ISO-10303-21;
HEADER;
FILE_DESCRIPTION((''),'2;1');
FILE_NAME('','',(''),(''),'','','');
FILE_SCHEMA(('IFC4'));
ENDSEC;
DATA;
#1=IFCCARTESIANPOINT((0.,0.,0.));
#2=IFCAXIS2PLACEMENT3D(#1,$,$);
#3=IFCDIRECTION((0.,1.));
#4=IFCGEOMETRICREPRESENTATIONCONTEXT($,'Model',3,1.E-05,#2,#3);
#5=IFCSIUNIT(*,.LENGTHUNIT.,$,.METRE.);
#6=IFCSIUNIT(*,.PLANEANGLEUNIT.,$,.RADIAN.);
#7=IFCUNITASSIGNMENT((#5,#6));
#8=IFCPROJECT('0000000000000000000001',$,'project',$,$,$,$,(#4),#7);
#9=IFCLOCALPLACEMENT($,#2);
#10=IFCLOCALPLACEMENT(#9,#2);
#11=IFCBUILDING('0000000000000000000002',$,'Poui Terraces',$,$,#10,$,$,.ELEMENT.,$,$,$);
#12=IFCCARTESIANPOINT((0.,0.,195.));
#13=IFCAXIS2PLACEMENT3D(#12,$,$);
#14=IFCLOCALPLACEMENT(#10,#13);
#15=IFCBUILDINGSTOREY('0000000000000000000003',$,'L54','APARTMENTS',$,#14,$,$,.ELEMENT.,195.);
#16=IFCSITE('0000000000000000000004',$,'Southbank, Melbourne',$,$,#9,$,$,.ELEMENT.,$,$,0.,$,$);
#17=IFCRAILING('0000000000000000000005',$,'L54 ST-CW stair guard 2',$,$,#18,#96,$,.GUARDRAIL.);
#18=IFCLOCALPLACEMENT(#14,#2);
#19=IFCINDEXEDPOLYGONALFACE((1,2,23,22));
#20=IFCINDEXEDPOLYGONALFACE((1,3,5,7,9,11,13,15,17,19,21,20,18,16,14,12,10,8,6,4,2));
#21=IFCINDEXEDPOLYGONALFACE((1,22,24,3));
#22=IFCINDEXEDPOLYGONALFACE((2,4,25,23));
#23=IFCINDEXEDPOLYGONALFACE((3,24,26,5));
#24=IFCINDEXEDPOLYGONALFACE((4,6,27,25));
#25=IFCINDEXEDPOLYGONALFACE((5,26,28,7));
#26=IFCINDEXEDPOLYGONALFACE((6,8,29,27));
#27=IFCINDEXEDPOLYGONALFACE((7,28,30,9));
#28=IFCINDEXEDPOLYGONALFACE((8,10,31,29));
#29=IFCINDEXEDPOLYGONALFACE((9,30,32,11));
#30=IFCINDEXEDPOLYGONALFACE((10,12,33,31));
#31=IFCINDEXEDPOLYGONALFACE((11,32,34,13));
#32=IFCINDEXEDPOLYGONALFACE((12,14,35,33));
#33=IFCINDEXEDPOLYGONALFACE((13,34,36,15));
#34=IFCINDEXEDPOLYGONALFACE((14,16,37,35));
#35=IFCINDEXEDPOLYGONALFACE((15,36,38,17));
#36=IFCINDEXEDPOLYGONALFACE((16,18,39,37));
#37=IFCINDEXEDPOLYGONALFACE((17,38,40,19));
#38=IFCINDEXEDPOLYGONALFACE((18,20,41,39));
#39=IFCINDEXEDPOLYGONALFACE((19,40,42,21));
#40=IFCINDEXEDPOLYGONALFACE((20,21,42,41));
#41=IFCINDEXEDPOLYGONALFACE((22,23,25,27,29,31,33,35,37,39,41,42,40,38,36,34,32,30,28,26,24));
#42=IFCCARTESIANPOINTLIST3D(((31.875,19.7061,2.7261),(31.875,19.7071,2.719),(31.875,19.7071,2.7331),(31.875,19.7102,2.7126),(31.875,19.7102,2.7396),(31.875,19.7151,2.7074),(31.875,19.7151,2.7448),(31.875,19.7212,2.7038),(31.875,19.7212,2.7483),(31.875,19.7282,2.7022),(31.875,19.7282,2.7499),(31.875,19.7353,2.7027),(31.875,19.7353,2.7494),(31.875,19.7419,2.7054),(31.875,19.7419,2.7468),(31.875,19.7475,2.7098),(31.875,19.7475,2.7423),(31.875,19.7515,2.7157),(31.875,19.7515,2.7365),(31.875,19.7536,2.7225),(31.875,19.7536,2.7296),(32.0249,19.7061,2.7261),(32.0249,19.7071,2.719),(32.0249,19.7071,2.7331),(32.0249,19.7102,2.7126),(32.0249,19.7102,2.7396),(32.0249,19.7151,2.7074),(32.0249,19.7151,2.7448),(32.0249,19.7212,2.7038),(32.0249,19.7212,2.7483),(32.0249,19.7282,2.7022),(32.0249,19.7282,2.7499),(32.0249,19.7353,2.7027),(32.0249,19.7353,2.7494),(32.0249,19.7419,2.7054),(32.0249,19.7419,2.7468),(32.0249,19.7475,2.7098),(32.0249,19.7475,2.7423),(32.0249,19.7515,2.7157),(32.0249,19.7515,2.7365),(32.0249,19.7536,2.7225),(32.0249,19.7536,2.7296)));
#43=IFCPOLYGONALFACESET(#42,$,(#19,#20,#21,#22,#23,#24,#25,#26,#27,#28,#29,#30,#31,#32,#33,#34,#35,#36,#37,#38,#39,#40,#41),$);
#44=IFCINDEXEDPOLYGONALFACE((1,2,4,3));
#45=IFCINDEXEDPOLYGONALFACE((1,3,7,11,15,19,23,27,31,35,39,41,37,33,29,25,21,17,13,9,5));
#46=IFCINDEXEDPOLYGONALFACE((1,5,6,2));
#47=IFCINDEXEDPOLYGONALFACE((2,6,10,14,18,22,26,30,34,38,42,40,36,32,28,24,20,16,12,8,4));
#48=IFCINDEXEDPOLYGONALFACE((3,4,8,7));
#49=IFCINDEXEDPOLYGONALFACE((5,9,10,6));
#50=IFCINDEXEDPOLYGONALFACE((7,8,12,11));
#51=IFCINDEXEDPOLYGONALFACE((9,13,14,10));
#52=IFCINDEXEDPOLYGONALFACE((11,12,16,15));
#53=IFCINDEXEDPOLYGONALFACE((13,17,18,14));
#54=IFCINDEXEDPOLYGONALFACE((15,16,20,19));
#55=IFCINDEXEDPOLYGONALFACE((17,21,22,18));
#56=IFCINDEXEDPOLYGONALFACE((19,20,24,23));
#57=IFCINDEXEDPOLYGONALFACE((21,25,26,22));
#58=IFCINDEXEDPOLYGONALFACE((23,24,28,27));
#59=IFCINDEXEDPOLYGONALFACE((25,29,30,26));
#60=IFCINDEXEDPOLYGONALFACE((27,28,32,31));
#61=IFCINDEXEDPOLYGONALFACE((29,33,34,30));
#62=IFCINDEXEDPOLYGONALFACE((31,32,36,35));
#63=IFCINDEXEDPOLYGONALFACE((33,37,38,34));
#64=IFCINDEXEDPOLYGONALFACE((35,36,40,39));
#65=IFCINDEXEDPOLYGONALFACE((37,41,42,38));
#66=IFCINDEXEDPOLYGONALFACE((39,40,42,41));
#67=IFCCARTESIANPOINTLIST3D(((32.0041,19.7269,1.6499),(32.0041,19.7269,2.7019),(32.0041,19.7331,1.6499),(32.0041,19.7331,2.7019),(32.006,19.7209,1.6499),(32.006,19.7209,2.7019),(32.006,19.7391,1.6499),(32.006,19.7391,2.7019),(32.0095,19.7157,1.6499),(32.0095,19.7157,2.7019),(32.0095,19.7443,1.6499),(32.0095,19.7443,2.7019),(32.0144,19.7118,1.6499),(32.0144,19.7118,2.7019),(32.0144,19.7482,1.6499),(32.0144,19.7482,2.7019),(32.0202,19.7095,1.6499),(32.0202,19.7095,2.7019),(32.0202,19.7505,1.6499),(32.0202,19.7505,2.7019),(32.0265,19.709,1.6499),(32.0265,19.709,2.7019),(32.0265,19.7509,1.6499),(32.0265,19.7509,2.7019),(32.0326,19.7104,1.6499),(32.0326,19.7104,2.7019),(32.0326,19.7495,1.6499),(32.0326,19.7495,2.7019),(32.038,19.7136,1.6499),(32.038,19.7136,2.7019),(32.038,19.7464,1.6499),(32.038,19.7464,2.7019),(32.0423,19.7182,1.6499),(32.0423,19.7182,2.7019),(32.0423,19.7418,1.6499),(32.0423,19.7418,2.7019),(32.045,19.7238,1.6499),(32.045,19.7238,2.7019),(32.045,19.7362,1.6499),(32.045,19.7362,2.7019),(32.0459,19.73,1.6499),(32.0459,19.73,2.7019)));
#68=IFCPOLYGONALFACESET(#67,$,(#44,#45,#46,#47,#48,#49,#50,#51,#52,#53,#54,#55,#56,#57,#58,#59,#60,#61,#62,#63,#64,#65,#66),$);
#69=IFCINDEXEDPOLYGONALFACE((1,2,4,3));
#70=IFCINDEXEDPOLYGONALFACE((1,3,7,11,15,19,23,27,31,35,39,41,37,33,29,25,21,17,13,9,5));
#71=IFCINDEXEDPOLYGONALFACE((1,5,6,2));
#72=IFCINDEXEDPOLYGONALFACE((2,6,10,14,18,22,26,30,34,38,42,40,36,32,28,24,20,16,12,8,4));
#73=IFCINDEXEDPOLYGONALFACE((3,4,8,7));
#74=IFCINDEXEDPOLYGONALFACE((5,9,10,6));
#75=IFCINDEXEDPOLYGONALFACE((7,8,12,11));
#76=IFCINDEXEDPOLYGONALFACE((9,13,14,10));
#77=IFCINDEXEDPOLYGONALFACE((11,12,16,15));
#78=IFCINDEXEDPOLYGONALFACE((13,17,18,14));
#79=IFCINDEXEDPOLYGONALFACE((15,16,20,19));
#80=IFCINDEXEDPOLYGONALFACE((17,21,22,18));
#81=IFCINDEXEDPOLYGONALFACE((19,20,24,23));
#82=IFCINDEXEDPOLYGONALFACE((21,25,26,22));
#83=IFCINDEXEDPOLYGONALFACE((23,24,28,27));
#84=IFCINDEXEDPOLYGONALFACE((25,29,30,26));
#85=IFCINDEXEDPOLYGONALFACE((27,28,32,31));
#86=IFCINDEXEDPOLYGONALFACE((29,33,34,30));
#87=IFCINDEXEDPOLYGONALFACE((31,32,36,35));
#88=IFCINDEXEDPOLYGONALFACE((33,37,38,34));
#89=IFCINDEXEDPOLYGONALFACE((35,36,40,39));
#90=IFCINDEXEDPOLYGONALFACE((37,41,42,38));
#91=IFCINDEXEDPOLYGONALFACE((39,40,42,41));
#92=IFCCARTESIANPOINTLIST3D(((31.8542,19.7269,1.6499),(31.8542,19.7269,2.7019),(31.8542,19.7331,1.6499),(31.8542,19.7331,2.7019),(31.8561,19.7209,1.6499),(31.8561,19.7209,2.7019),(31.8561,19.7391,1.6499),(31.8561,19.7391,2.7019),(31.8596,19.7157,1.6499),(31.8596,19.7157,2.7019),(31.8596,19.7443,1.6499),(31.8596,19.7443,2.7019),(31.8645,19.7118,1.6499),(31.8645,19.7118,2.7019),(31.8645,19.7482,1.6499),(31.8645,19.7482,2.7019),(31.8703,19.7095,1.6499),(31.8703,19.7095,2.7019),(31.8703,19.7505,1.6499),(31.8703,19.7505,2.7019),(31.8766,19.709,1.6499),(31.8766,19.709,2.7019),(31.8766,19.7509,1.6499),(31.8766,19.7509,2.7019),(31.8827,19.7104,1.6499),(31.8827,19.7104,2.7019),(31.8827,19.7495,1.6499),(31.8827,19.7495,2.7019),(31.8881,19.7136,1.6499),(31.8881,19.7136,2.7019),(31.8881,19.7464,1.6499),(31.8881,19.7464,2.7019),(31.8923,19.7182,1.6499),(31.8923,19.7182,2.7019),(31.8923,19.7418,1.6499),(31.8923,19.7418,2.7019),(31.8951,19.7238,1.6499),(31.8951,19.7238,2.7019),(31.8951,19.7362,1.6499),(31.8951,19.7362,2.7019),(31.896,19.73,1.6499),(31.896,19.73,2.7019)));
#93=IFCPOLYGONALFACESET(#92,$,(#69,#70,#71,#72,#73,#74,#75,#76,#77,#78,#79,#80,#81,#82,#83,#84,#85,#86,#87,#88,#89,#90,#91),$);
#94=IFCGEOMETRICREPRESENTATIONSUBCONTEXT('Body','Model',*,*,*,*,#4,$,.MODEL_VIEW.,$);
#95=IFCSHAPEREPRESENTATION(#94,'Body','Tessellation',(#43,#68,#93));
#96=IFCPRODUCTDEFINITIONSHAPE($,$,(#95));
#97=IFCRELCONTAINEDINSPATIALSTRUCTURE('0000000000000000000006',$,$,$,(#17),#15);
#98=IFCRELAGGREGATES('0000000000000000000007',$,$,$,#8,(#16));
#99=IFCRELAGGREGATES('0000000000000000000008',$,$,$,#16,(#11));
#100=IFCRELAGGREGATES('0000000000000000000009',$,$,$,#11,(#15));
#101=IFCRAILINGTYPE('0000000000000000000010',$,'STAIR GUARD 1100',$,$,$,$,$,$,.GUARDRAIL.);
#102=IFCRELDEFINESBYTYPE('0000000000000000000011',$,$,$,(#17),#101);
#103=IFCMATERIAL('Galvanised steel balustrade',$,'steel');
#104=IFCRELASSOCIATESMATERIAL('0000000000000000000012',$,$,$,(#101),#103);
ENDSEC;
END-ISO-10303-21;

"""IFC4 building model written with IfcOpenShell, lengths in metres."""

from ifc_helpers import new_model, si_unit, direction, frame, origin, origin_2d, place, context, subcontext, project, spatial, circle, extrude, material, type_object, element, save


model = new_model("IFC4")

# Units and contexts
model_context = context("Model", 3, precision=1e-05, world=origin(), true_north=direction((0.0, 1.0)))
body_context = subcontext(model_context, "Body", "Model", "MODEL_VIEW")
ifc_project = project(units=[si_unit("LENGTHUNIT", "METRE"), si_unit("PLANEANGLEUNIT", "RADIAN")], contexts=[model_context])

# Site, building, storey
site_placement = place(None, origin())
site = spatial("IfcSite", under=ifc_project, at=site_placement, Name="Southbank, Melbourne", CompositionType="ELEMENT", RefElevation=0.0)
building_placement = place(site_placement, origin())
building = spatial("IfcBuilding", under=site, at=building_placement, Name="Poui Terraces", CompositionType="ELEMENT")
storey_placement = place(building_placement, frame((0.0, 0.0, 195.0)))
storey = spatial("IfcBuildingStorey", under=building, at=storey_placement, Name="L54", Description="APARTMENTS", CompositionType="ELEMENT", Elevation=195.0)

# Railing
ifc_material_1 = material(Name="Galvanised steel balustrade", Category="steel")
railing_type_1 = type_object("IfcRailingType", Name="STAIR GUARD 1100", PredefinedType="GUARDRAIL", material=ifc_material_1)
railing_1_placement = place(storey_placement, frame((32.0249, 19.73, 1.6499)))
element("IfcRailing", 1, at=railing_1_placement, inside=storey, type_object=railing_type_1, Name="L54 ST-CW stair guard 2", PredefinedType="GUARDRAIL", context=body_context, shape_type="SweptSolid", body=[
    extrude(circle(Radius=0.0239, at=origin_2d()), frame((0.0, 0.0, 1.0762), z_axis=(-1.0, 0.0, 0.0), x_axis=(0.0, -1.0, 0.0)), (0.0, 0.0, 1.0), 0.1499),
    extrude(circle(Radius=0.021, at=origin_2d()), origin(), (0.0, 0.0, 1.0), 1.052),
    extrude(circle(Radius=0.021, at=origin_2d()), frame((-0.1499, 0.0, 0.0)), (0.0, 0.0, 1.0), 1.052),
])

save(model, "model.ifc")
